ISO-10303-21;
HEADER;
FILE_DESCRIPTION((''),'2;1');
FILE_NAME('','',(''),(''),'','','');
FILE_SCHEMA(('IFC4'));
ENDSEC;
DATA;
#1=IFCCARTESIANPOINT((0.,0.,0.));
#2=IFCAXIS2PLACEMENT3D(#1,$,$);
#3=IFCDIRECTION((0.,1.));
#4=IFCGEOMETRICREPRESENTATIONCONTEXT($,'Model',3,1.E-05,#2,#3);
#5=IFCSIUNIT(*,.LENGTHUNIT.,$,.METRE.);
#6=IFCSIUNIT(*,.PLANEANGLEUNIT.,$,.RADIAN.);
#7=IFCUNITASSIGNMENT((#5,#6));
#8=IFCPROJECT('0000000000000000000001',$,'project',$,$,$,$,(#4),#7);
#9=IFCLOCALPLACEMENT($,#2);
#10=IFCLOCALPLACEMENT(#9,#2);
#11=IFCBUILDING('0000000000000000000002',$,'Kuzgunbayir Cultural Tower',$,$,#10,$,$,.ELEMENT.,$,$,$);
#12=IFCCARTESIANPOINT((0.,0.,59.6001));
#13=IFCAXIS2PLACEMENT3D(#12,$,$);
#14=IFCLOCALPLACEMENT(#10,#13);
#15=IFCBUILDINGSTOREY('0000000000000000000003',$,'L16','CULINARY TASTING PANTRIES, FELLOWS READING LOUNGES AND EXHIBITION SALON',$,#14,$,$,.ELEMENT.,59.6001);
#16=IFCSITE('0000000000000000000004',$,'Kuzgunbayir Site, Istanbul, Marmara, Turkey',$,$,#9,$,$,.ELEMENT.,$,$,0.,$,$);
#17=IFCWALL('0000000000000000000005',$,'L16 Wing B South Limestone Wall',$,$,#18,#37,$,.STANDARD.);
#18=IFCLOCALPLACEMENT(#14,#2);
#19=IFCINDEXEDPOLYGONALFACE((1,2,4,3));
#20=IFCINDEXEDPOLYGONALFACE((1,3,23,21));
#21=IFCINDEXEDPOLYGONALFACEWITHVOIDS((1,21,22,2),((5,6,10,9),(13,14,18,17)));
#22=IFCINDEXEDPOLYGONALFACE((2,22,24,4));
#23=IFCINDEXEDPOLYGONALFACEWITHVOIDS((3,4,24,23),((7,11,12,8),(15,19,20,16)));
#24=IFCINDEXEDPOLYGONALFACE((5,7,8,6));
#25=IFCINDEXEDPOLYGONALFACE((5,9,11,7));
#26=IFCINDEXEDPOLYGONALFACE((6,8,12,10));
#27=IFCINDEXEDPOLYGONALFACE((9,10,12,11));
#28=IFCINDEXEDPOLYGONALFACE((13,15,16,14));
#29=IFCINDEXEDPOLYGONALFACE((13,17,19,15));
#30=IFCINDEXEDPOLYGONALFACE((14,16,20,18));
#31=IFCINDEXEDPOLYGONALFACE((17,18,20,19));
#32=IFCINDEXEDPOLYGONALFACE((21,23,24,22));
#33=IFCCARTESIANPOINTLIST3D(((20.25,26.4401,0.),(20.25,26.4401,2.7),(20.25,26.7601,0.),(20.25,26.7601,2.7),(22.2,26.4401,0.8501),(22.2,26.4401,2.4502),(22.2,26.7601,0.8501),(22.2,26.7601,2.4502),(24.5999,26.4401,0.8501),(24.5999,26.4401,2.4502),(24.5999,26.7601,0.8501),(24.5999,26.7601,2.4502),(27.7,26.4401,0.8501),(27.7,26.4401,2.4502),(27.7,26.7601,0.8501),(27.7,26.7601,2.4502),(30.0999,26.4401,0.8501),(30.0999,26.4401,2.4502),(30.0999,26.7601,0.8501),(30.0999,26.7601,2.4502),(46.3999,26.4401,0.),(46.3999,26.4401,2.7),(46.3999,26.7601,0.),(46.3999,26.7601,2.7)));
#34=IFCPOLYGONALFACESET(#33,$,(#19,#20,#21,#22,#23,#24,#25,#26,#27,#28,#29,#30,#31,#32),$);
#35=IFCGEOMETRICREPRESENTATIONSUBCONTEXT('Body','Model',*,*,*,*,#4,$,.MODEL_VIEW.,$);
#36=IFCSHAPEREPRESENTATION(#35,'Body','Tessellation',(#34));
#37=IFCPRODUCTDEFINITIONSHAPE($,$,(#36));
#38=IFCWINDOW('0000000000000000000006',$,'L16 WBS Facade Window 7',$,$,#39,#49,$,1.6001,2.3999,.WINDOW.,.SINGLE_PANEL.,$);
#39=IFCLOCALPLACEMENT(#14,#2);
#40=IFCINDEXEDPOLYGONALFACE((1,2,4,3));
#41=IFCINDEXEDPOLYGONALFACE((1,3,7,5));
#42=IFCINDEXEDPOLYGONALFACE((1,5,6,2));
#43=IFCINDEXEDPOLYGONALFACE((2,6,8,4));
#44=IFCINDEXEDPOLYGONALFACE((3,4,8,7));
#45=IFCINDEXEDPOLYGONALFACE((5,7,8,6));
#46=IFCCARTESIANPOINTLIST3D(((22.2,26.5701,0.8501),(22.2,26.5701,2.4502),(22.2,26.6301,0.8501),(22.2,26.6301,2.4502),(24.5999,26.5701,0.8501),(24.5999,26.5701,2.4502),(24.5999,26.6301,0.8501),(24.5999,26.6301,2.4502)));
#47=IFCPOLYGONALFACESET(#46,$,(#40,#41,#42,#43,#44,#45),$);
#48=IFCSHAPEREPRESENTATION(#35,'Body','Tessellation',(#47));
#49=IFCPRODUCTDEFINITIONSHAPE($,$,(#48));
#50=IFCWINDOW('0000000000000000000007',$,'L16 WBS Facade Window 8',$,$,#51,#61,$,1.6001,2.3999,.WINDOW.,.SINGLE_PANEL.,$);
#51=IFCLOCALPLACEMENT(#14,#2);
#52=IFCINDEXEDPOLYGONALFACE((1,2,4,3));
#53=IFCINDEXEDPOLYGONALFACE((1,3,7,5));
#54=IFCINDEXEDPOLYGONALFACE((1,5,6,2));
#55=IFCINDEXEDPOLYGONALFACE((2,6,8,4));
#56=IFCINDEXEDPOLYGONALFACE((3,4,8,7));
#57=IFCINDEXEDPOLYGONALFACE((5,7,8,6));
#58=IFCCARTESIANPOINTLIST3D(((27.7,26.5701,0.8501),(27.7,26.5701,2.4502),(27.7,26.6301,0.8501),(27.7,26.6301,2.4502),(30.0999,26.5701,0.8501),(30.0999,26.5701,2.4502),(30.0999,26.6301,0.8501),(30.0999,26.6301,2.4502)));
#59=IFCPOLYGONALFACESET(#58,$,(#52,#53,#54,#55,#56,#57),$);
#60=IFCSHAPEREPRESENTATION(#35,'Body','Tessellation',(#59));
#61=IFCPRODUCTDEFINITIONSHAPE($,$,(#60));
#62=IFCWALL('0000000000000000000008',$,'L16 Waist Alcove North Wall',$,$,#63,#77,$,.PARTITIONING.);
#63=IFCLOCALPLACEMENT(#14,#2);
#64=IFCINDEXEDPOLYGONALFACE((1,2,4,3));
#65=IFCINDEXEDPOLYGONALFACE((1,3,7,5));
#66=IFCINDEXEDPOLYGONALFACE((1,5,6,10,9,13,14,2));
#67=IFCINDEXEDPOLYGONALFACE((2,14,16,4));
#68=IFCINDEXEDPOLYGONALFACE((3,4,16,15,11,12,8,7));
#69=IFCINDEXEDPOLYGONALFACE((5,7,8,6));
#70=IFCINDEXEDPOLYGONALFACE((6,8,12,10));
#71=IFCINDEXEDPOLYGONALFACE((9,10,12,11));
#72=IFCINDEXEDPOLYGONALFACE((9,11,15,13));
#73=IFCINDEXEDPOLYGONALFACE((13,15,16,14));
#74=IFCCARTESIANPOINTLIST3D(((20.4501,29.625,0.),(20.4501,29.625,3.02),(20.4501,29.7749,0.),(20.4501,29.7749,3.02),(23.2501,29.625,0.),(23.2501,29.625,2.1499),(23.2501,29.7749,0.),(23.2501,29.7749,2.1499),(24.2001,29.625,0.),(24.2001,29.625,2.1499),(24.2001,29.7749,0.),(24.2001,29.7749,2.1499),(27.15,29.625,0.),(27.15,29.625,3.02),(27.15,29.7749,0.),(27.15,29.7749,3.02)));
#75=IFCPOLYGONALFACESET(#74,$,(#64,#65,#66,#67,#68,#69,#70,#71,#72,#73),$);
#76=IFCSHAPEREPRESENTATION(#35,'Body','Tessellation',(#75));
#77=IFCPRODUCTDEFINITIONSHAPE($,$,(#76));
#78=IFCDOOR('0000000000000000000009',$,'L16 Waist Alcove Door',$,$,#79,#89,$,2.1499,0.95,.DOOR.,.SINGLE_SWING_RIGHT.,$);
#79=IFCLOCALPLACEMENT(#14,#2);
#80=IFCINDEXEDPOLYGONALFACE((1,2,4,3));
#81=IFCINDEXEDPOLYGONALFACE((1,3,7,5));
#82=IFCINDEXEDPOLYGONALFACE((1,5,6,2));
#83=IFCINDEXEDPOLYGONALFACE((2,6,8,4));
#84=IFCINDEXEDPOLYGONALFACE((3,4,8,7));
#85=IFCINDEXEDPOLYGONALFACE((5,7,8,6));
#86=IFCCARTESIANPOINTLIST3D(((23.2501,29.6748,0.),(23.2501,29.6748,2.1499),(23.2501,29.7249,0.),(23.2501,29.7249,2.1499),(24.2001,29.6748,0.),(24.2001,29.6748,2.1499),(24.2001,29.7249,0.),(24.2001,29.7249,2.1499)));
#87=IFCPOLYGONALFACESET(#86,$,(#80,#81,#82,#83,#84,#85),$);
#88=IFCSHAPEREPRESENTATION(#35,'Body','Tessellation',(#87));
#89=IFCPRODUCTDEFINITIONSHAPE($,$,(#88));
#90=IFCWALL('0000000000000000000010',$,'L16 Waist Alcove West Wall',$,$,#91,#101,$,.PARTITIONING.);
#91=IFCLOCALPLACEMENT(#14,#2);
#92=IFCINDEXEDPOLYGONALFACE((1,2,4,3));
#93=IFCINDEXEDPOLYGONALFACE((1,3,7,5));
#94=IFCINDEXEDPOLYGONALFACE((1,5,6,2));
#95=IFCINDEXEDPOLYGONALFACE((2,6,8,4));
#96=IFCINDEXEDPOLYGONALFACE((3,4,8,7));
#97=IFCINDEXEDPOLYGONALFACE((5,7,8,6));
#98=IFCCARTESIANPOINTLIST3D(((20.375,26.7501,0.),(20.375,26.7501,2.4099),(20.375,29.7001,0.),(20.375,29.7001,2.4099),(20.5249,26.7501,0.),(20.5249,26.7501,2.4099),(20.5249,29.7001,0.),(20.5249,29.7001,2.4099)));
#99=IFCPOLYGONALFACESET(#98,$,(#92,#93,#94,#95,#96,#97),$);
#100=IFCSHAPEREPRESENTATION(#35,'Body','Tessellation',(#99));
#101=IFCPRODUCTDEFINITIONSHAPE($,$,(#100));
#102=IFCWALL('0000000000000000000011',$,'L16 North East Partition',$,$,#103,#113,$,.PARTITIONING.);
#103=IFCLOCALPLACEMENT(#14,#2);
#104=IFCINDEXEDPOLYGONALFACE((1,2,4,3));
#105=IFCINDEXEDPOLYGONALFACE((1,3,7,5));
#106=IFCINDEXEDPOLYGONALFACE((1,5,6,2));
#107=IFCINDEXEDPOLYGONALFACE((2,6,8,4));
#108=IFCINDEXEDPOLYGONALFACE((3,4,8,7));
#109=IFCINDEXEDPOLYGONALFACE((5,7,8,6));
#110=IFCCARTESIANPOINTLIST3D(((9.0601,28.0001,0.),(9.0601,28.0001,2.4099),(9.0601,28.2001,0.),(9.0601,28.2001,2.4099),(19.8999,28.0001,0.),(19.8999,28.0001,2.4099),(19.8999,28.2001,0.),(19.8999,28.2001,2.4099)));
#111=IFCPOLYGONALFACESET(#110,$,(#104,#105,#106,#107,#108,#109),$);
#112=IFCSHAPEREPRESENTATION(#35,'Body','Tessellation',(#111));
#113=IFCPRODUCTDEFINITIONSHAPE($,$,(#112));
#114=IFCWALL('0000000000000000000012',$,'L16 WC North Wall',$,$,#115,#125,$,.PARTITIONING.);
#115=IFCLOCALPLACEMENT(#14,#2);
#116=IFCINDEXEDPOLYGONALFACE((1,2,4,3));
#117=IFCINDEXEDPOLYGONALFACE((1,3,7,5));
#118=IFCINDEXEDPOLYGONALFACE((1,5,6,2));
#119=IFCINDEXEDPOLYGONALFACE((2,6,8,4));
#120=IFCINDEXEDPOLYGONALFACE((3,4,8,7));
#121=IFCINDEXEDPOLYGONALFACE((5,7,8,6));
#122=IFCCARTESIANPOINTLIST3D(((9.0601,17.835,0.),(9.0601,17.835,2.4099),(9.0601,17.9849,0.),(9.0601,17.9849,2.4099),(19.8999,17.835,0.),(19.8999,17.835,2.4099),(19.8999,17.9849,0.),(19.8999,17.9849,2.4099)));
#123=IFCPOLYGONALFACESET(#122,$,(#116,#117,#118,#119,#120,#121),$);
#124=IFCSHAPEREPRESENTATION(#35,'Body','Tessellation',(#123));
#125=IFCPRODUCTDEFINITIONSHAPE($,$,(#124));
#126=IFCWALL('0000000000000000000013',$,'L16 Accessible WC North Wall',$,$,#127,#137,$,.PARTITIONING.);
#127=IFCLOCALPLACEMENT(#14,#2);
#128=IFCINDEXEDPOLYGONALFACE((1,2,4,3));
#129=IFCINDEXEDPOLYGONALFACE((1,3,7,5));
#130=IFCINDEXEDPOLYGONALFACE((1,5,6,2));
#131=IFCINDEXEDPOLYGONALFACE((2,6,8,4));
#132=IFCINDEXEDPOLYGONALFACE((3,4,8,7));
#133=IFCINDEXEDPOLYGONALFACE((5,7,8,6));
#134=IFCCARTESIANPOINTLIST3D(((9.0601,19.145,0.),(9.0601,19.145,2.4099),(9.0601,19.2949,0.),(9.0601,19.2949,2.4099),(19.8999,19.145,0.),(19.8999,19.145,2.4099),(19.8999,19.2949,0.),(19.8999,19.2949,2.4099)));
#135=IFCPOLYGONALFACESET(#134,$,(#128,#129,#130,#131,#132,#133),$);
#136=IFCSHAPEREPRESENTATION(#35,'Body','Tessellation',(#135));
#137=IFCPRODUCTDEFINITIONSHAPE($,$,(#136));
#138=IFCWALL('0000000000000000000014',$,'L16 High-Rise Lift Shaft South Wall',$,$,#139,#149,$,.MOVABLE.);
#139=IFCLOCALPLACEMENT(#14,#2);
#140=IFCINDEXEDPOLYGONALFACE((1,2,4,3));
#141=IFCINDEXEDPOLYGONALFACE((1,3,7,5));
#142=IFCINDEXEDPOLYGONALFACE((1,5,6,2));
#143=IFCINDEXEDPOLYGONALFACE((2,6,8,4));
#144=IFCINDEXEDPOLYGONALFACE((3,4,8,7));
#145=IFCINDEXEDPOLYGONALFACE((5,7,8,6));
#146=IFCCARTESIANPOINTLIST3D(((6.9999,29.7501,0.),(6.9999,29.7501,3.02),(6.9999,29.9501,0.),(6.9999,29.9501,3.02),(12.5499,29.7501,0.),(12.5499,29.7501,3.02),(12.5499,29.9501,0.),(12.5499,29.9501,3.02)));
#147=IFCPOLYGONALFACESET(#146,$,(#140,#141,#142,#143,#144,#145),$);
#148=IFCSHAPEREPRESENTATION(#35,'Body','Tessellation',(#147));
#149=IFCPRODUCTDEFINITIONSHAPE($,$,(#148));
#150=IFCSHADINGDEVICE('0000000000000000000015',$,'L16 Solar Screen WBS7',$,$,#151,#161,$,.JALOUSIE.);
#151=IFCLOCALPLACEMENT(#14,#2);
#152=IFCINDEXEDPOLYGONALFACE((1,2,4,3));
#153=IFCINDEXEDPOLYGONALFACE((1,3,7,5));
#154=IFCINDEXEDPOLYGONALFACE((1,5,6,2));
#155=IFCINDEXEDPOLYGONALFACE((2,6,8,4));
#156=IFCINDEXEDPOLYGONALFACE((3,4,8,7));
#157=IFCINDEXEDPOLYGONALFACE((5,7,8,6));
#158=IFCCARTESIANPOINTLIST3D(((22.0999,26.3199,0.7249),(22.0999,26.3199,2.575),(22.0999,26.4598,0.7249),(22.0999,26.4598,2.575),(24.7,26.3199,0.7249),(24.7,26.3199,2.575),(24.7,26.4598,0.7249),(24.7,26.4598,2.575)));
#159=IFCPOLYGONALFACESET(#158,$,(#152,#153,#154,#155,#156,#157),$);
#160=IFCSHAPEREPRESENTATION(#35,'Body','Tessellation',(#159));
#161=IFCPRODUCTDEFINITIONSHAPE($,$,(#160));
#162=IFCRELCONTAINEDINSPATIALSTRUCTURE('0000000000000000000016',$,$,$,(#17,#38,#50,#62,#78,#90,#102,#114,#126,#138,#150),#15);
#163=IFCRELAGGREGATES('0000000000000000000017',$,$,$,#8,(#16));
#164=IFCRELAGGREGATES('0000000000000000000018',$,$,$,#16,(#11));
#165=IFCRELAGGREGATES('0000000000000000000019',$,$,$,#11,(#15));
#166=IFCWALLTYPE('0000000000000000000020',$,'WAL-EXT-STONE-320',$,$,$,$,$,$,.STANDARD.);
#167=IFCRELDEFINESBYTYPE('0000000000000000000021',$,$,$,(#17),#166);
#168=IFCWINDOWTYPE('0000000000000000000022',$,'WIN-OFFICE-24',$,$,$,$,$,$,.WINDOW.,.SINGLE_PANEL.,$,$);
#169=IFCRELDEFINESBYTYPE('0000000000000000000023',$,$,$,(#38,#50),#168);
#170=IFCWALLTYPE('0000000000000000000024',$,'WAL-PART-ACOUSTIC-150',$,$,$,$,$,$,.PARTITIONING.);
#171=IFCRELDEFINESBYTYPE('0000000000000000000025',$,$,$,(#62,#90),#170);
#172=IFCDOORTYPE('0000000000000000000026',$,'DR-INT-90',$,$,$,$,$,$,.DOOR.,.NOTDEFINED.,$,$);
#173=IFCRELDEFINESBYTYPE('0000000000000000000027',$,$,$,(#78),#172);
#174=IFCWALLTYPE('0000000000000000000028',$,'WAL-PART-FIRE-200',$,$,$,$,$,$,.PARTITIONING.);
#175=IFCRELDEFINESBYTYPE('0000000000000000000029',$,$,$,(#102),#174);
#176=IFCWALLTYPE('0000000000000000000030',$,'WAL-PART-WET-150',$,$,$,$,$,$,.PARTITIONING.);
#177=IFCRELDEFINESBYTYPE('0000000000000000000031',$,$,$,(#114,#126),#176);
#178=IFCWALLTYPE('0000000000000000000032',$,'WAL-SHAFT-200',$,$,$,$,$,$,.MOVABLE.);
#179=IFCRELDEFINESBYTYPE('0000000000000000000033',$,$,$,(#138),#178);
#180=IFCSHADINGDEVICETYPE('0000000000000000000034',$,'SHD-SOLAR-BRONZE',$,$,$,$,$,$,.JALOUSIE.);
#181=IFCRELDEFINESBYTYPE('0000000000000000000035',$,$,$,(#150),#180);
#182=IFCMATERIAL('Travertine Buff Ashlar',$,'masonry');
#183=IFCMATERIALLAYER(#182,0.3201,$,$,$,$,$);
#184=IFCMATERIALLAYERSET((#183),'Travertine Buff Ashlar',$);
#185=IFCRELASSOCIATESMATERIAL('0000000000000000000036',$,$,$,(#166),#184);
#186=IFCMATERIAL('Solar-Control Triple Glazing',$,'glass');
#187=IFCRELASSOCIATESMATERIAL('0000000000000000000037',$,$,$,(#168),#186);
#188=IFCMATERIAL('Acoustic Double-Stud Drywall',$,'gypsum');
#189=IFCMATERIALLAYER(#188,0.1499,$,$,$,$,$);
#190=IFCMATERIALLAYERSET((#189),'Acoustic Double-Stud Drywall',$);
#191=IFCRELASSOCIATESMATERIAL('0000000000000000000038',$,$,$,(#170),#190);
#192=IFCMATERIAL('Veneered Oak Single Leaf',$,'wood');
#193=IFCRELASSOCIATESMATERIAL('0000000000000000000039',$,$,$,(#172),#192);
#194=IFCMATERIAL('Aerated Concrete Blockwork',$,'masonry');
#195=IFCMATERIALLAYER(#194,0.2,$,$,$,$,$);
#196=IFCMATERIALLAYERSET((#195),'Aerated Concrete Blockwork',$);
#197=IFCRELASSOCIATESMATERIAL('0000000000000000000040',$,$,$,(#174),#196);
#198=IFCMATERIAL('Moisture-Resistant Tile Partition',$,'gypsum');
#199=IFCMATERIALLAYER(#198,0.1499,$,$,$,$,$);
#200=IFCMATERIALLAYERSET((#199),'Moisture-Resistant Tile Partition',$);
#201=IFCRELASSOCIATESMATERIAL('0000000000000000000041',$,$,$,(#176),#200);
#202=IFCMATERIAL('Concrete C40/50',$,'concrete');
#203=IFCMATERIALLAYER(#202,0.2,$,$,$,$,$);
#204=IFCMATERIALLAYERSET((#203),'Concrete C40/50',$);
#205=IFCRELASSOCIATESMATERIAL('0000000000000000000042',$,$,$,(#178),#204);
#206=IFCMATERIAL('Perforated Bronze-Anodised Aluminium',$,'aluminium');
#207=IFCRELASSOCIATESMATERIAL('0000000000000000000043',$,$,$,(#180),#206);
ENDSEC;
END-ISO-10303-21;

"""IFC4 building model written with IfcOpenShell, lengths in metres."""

from ifc_helpers import new_model, si_unit, direction, frame, frame_2d, origin, origin_2d, place, context, subcontext, project, spatial, rectangle, extrude, material, layer, layer_set, type_object, element, fill, save


model = new_model("IFC4")

# Units and contexts
model_context = context("Model", 3, precision=1e-05, world=origin(), true_north=direction((0.0, 1.0)))
body_context = subcontext(model_context, "Body", "Model", "MODEL_VIEW")
ifc_project = project(units=[si_unit("LENGTHUNIT", "METRE"), si_unit("PLANEANGLEUNIT", "RADIAN")], contexts=[model_context])

# Site, building, storey
site_placement = place(None, origin())
site = spatial("IfcSite", under=ifc_project, at=site_placement, Name="Kuzgunbayir Site, Istanbul, Marmara, Turkey", CompositionType="ELEMENT", RefElevation=0.0)
building_placement = place(site_placement, origin())
building = spatial("IfcBuilding", under=site, at=building_placement, Name="Kuzgunbayir Cultural Tower", CompositionType="ELEMENT")
storey_placement = place(building_placement, frame((0.0, 0.0, 59.6001)))
storey = spatial("IfcBuildingStorey", under=building, at=storey_placement, Name="L16", Description="CULINARY TASTING PANTRIES, FELLOWS READING LOUNGES AND EXHIBITION SALON", CompositionType="ELEMENT", Elevation=59.6001)

# Wall, openings, windows
ifc_material_1 = material(Name="Travertine Buff Ashlar", Category="masonry")
ifc_layer_1 = layer(ifc_material_1, 0.3201)
ifc_layer_set_1 = layer_set([ifc_layer_1], Name="Travertine Buff Ashlar")
wall_type_1 = type_object("IfcWallType", Name="WAL-EXT-STONE-320", PredefinedType="STANDARD", material=ifc_layer_set_1)
wall_1_placement = place(storey_placement, frame((20.25, 26.6001, 0.0), z_axis=(0.0, 0.0, 1.0), x_axis=(1.0, 0.0, 0.0)))
wall_1 = element("IfcWall", 1, at=wall_1_placement, inside=storey, type_object=wall_type_1, Name="L16 Wing B South Limestone Wall", PredefinedType="STANDARD", context=body_context, shape_type="SweptSolid", body=[
    extrude(rectangle(XDim=26.1499, YDim=0.3201, at=frame_2d((13.075, 0.0))), origin(), (0.0, 0.0, 1.0), 2.7),
])
opening_1_placement = place(wall_1_placement, frame((1.95, 0.0, 0.8501)))
opening_1 = element("IfcOpeningElement", 2, at=opening_1_placement, cuts=wall_1, PredefinedType="OPENING", context=body_context, shape_type="SweptSolid", body=[
    extrude(rectangle(XDim=2.3999, YDim=1.6001, at=frame_2d((1.2, 0.8))), frame((0.0, 0.1699, 0.0), z_axis=(0.0, -1.0, 0.0), x_axis=(1.0, 0.0, 0.0)), (0.0, 0.0, 1.0), 0.3401),
])
opening_2_placement = place(wall_1_placement, frame((7.45, 0.0, 0.8501)))
opening_2 = element("IfcOpeningElement", 3, at=opening_2_placement, cuts=wall_1, PredefinedType="OPENING", context=body_context, shape_type="SweptSolid", body=[
    extrude(rectangle(XDim=2.3999, YDim=1.6001, at=frame_2d((1.2, 0.8))), frame((0.0, 0.1699, 0.0), z_axis=(0.0, -1.0, 0.0), x_axis=(1.0, 0.0, 0.0)), (0.0, 0.0, 1.0), 0.3401),
])
ifc_material_2 = material(Name="Solar-Control Triple Glazing", Category="glass")
window_type = type_object("IfcWindowType", Name="WIN-OFFICE-24", PartitioningType="SINGLE_PANEL", PredefinedType="WINDOW", material=ifc_material_2)
window_1_placement = place(opening_1_placement, origin())
window_1 = element("IfcWindow", 4, at=window_1_placement, inside=storey, type_object=window_type, Name="L16 WBS Facade Window 7", OverallHeight=1.6001, OverallWidth=2.3999, PartitioningType="SINGLE_PANEL", PredefinedType="WINDOW", context=body_context, shape_type="SweptSolid", body=[
    extrude(rectangle(XDim=2.3999, YDim=1.6001, at=frame_2d((1.2, 0.8))), frame((0.0, 0.03, 0.0), z_axis=(0.0, -1.0, 0.0), x_axis=(1.0, 0.0, 0.0)), (0.0, 0.0, 1.0), 0.0601),
])
fill(opening_1, window_1)
window_2_placement = place(opening_2_placement, origin())
window_2 = element("IfcWindow", 5, at=window_2_placement, inside=storey, type_object=window_type, Name="L16 WBS Facade Window 8", OverallHeight=1.6001, OverallWidth=2.3999, PartitioningType="SINGLE_PANEL", PredefinedType="WINDOW", context=body_context, shape_type="SweptSolid", body=[
    extrude(rectangle(XDim=2.3999, YDim=1.6001, at=frame_2d((1.2, 0.8))), frame((0.0, 0.03, 0.0), z_axis=(0.0, -1.0, 0.0), x_axis=(1.0, 0.0, 0.0)), (0.0, 0.0, 1.0), 0.0601),
])
fill(opening_2, window_2)

# Wall, opening, door
ifc_material_3 = material(Name="Acoustic Double-Stud Drywall", Category="gypsum")
ifc_layer_2 = layer(ifc_material_3, 0.1499)
ifc_layer_set_2 = layer_set([ifc_layer_2], Name="Acoustic Double-Stud Drywall")
wall_type_2 = type_object("IfcWallType", Name="WAL-PART-ACOUSTIC-150", PredefinedType="PARTITIONING", material=ifc_layer_set_2)
wall_2_placement = place(storey_placement, frame((20.45, 29.7, 0.0), z_axis=(0.0, 0.0, 1.0), x_axis=(1.0, 0.0, 0.0)))
wall_2 = element("IfcWall", 6, at=wall_2_placement, inside=storey, type_object=wall_type_2, Name="L16 Waist Alcove North Wall", PredefinedType="PARTITIONING", context=body_context, shape_type="SweptSolid", body=[
    extrude(rectangle(XDim=6.7, YDim=0.1499, at=frame_2d((3.3501, 0.0))), origin(), (0.0, 0.0, 1.0), 3.02),
])
opening_3_placement = place(wall_2_placement, frame((2.8, 0.0, 0.0)))
opening_3 = element("IfcOpeningElement", 7, at=opening_3_placement, cuts=wall_2, PredefinedType="OPENING", context=body_context, shape_type="SweptSolid", body=[
    extrude(rectangle(XDim=0.95, YDim=2.1499, at=frame_2d((0.4751, 1.075))), frame((0.0, 0.085, 0.0), z_axis=(0.0, -1.0, 0.0), x_axis=(1.0, 0.0, 0.0)), (0.0, 0.0, 1.0), 0.1699),
])
ifc_material_4 = material(Name="Veneered Oak Single Leaf", Category="wood")
door_type = type_object("IfcDoorType", Name="DR-INT-90", OperationType="NOTDEFINED", PredefinedType="DOOR", material=ifc_material_4)
door_placement = place(opening_3_placement, origin())
door = element("IfcDoor", 8, at=door_placement, inside=storey, type_object=door_type, Name="L16 Waist Alcove Door", OperationType="SINGLE_SWING_RIGHT", OverallHeight=2.1499, OverallWidth=0.95, PredefinedType="DOOR", context=body_context, shape_type="SweptSolid", body=[
    extrude(rectangle(XDim=0.95, YDim=2.1499, at=frame_2d((0.4751, 1.075))), frame((0.0, 0.0249, 0.0), z_axis=(0.0, -1.0, 0.0), x_axis=(1.0, 0.0, 0.0)), (0.0, 0.0, 1.0), 0.05),
])
fill(opening_3, door)

# Walls
wall_3_placement = place(storey_placement, frame((20.45, 26.75, 0.0), z_axis=(0.0, 0.0, 1.0), x_axis=(0.0, 1.0, 0.0)))
element("IfcWall", 9, at=wall_3_placement, inside=storey, type_object=wall_type_2, Name="L16 Waist Alcove West Wall", PredefinedType="PARTITIONING", context=body_context, shape_type="SweptSolid", body=[
    extrude(rectangle(XDim=2.95, YDim=0.1499, at=frame_2d((1.4751, 0.0))), origin(), (0.0, 0.0, 1.0), 2.4099),
])
ifc_material_5 = material(Name="Aerated Concrete Blockwork", Category="masonry")
ifc_layer_3 = layer(ifc_material_5, 0.2)
ifc_layer_set_3 = layer_set([ifc_layer_3], Name="Aerated Concrete Blockwork")
wall_type_3 = type_object("IfcWallType", Name="WAL-PART-FIRE-200", PredefinedType="PARTITIONING", material=ifc_layer_set_3)
wall_4_placement = place(storey_placement, frame((9.0601, 28.1001, 0.0), z_axis=(0.0, 0.0, 1.0), x_axis=(1.0, 0.0, 0.0)))
element("IfcWall", 10, at=wall_4_placement, inside=storey, type_object=wall_type_3, Name="L16 North East Partition", PredefinedType="PARTITIONING", context=body_context, shape_type="SweptSolid", body=[
    extrude(rectangle(XDim=10.8398, YDim=0.2, at=frame_2d((5.4199, 0.0))), origin(), (0.0, 0.0, 1.0), 2.4099),
])
ifc_material_6 = material(Name="Moisture-Resistant Tile Partition", Category="gypsum")
ifc_layer_4 = layer(ifc_material_6, 0.1499)
ifc_layer_set_4 = layer_set([ifc_layer_4], Name="Moisture-Resistant Tile Partition")
wall_type_4 = type_object("IfcWallType", Name="WAL-PART-WET-150", PredefinedType="PARTITIONING", material=ifc_layer_set_4)
for number, where, z_axis, x_axis, name in (
    (11, (9.0601, 17.9099, 0.0), (0.0, 0.0, 1.0), (1.0, 0.0, 0.0), "L16 WC North Wall"),
    (12, (9.0601, 19.22, 0.0), (0.0, 0.0, 1.0), (1.0, 0.0, 0.0), "L16 Accessible WC North Wall"),
):
    element("IfcWall", number, at=place(storey_placement, frame(where, z_axis=z_axis, x_axis=x_axis)), inside=storey, type_object=wall_type_4, Name=name, PredefinedType="PARTITIONING", context=body_context, shape_type="SweptSolid", body=[
        extrude(rectangle(XDim=10.8398, YDim=0.1499, at=frame_2d((5.4199, 0.0))), origin(), (0.0, 0.0, 1.0), 2.4099),
    ])
ifc_material_7 = material(Name="Concrete C40/50", Category="concrete")
ifc_layer_5 = layer(ifc_material_7, 0.2)
ifc_layer_set_5 = layer_set([ifc_layer_5], Name="Concrete C40/50")
wall_type_5 = type_object("IfcWallType", Name="WAL-SHAFT-200", PredefinedType="MOVABLE", material=ifc_layer_set_5)
wall_5_placement = place(storey_placement, frame((7.0, 29.8501, 0.0), z_axis=(0.0, 0.0, 1.0), x_axis=(1.0, 0.0, 0.0)))
element("IfcWall", 13, at=wall_5_placement, inside=storey, type_object=wall_type_5, Name="L16 High-Rise Lift Shaft South Wall", PredefinedType="MOVABLE", context=body_context, shape_type="SweptSolid", body=[
    extrude(rectangle(XDim=5.55, YDim=0.2, at=frame_2d((2.7749, 0.0))), origin(), (0.0, 0.0, 1.0), 3.02),
])

# Shading device
ifc_material_8 = material(Name="Perforated Bronze-Anodised Aluminium", Category="aluminium")
shading_device_type = type_object("IfcShadingDeviceType", Name="SHD-SOLAR-BRONZE", PredefinedType="JALOUSIE", material=ifc_material_8)
shading_device_placement = place(storey_placement, frame((23.3999, 26.3899, 0.7249), z_axis=(0.0, 0.0, 1.0), x_axis=(1.0, 0.0, 0.0)))
element("IfcShadingDevice", 14, at=shading_device_placement, inside=storey, type_object=shading_device_type, Name="L16 Solar Screen WBS7", PredefinedType="JALOUSIE", context=body_context, shape_type="SweptSolid", body=[
    extrude(rectangle(XDim=2.6001, YDim=0.1399, at=origin_2d()), origin(), (0.0, 0.0, 1.0), 1.8501),
])

save(model, "model.ifc")
